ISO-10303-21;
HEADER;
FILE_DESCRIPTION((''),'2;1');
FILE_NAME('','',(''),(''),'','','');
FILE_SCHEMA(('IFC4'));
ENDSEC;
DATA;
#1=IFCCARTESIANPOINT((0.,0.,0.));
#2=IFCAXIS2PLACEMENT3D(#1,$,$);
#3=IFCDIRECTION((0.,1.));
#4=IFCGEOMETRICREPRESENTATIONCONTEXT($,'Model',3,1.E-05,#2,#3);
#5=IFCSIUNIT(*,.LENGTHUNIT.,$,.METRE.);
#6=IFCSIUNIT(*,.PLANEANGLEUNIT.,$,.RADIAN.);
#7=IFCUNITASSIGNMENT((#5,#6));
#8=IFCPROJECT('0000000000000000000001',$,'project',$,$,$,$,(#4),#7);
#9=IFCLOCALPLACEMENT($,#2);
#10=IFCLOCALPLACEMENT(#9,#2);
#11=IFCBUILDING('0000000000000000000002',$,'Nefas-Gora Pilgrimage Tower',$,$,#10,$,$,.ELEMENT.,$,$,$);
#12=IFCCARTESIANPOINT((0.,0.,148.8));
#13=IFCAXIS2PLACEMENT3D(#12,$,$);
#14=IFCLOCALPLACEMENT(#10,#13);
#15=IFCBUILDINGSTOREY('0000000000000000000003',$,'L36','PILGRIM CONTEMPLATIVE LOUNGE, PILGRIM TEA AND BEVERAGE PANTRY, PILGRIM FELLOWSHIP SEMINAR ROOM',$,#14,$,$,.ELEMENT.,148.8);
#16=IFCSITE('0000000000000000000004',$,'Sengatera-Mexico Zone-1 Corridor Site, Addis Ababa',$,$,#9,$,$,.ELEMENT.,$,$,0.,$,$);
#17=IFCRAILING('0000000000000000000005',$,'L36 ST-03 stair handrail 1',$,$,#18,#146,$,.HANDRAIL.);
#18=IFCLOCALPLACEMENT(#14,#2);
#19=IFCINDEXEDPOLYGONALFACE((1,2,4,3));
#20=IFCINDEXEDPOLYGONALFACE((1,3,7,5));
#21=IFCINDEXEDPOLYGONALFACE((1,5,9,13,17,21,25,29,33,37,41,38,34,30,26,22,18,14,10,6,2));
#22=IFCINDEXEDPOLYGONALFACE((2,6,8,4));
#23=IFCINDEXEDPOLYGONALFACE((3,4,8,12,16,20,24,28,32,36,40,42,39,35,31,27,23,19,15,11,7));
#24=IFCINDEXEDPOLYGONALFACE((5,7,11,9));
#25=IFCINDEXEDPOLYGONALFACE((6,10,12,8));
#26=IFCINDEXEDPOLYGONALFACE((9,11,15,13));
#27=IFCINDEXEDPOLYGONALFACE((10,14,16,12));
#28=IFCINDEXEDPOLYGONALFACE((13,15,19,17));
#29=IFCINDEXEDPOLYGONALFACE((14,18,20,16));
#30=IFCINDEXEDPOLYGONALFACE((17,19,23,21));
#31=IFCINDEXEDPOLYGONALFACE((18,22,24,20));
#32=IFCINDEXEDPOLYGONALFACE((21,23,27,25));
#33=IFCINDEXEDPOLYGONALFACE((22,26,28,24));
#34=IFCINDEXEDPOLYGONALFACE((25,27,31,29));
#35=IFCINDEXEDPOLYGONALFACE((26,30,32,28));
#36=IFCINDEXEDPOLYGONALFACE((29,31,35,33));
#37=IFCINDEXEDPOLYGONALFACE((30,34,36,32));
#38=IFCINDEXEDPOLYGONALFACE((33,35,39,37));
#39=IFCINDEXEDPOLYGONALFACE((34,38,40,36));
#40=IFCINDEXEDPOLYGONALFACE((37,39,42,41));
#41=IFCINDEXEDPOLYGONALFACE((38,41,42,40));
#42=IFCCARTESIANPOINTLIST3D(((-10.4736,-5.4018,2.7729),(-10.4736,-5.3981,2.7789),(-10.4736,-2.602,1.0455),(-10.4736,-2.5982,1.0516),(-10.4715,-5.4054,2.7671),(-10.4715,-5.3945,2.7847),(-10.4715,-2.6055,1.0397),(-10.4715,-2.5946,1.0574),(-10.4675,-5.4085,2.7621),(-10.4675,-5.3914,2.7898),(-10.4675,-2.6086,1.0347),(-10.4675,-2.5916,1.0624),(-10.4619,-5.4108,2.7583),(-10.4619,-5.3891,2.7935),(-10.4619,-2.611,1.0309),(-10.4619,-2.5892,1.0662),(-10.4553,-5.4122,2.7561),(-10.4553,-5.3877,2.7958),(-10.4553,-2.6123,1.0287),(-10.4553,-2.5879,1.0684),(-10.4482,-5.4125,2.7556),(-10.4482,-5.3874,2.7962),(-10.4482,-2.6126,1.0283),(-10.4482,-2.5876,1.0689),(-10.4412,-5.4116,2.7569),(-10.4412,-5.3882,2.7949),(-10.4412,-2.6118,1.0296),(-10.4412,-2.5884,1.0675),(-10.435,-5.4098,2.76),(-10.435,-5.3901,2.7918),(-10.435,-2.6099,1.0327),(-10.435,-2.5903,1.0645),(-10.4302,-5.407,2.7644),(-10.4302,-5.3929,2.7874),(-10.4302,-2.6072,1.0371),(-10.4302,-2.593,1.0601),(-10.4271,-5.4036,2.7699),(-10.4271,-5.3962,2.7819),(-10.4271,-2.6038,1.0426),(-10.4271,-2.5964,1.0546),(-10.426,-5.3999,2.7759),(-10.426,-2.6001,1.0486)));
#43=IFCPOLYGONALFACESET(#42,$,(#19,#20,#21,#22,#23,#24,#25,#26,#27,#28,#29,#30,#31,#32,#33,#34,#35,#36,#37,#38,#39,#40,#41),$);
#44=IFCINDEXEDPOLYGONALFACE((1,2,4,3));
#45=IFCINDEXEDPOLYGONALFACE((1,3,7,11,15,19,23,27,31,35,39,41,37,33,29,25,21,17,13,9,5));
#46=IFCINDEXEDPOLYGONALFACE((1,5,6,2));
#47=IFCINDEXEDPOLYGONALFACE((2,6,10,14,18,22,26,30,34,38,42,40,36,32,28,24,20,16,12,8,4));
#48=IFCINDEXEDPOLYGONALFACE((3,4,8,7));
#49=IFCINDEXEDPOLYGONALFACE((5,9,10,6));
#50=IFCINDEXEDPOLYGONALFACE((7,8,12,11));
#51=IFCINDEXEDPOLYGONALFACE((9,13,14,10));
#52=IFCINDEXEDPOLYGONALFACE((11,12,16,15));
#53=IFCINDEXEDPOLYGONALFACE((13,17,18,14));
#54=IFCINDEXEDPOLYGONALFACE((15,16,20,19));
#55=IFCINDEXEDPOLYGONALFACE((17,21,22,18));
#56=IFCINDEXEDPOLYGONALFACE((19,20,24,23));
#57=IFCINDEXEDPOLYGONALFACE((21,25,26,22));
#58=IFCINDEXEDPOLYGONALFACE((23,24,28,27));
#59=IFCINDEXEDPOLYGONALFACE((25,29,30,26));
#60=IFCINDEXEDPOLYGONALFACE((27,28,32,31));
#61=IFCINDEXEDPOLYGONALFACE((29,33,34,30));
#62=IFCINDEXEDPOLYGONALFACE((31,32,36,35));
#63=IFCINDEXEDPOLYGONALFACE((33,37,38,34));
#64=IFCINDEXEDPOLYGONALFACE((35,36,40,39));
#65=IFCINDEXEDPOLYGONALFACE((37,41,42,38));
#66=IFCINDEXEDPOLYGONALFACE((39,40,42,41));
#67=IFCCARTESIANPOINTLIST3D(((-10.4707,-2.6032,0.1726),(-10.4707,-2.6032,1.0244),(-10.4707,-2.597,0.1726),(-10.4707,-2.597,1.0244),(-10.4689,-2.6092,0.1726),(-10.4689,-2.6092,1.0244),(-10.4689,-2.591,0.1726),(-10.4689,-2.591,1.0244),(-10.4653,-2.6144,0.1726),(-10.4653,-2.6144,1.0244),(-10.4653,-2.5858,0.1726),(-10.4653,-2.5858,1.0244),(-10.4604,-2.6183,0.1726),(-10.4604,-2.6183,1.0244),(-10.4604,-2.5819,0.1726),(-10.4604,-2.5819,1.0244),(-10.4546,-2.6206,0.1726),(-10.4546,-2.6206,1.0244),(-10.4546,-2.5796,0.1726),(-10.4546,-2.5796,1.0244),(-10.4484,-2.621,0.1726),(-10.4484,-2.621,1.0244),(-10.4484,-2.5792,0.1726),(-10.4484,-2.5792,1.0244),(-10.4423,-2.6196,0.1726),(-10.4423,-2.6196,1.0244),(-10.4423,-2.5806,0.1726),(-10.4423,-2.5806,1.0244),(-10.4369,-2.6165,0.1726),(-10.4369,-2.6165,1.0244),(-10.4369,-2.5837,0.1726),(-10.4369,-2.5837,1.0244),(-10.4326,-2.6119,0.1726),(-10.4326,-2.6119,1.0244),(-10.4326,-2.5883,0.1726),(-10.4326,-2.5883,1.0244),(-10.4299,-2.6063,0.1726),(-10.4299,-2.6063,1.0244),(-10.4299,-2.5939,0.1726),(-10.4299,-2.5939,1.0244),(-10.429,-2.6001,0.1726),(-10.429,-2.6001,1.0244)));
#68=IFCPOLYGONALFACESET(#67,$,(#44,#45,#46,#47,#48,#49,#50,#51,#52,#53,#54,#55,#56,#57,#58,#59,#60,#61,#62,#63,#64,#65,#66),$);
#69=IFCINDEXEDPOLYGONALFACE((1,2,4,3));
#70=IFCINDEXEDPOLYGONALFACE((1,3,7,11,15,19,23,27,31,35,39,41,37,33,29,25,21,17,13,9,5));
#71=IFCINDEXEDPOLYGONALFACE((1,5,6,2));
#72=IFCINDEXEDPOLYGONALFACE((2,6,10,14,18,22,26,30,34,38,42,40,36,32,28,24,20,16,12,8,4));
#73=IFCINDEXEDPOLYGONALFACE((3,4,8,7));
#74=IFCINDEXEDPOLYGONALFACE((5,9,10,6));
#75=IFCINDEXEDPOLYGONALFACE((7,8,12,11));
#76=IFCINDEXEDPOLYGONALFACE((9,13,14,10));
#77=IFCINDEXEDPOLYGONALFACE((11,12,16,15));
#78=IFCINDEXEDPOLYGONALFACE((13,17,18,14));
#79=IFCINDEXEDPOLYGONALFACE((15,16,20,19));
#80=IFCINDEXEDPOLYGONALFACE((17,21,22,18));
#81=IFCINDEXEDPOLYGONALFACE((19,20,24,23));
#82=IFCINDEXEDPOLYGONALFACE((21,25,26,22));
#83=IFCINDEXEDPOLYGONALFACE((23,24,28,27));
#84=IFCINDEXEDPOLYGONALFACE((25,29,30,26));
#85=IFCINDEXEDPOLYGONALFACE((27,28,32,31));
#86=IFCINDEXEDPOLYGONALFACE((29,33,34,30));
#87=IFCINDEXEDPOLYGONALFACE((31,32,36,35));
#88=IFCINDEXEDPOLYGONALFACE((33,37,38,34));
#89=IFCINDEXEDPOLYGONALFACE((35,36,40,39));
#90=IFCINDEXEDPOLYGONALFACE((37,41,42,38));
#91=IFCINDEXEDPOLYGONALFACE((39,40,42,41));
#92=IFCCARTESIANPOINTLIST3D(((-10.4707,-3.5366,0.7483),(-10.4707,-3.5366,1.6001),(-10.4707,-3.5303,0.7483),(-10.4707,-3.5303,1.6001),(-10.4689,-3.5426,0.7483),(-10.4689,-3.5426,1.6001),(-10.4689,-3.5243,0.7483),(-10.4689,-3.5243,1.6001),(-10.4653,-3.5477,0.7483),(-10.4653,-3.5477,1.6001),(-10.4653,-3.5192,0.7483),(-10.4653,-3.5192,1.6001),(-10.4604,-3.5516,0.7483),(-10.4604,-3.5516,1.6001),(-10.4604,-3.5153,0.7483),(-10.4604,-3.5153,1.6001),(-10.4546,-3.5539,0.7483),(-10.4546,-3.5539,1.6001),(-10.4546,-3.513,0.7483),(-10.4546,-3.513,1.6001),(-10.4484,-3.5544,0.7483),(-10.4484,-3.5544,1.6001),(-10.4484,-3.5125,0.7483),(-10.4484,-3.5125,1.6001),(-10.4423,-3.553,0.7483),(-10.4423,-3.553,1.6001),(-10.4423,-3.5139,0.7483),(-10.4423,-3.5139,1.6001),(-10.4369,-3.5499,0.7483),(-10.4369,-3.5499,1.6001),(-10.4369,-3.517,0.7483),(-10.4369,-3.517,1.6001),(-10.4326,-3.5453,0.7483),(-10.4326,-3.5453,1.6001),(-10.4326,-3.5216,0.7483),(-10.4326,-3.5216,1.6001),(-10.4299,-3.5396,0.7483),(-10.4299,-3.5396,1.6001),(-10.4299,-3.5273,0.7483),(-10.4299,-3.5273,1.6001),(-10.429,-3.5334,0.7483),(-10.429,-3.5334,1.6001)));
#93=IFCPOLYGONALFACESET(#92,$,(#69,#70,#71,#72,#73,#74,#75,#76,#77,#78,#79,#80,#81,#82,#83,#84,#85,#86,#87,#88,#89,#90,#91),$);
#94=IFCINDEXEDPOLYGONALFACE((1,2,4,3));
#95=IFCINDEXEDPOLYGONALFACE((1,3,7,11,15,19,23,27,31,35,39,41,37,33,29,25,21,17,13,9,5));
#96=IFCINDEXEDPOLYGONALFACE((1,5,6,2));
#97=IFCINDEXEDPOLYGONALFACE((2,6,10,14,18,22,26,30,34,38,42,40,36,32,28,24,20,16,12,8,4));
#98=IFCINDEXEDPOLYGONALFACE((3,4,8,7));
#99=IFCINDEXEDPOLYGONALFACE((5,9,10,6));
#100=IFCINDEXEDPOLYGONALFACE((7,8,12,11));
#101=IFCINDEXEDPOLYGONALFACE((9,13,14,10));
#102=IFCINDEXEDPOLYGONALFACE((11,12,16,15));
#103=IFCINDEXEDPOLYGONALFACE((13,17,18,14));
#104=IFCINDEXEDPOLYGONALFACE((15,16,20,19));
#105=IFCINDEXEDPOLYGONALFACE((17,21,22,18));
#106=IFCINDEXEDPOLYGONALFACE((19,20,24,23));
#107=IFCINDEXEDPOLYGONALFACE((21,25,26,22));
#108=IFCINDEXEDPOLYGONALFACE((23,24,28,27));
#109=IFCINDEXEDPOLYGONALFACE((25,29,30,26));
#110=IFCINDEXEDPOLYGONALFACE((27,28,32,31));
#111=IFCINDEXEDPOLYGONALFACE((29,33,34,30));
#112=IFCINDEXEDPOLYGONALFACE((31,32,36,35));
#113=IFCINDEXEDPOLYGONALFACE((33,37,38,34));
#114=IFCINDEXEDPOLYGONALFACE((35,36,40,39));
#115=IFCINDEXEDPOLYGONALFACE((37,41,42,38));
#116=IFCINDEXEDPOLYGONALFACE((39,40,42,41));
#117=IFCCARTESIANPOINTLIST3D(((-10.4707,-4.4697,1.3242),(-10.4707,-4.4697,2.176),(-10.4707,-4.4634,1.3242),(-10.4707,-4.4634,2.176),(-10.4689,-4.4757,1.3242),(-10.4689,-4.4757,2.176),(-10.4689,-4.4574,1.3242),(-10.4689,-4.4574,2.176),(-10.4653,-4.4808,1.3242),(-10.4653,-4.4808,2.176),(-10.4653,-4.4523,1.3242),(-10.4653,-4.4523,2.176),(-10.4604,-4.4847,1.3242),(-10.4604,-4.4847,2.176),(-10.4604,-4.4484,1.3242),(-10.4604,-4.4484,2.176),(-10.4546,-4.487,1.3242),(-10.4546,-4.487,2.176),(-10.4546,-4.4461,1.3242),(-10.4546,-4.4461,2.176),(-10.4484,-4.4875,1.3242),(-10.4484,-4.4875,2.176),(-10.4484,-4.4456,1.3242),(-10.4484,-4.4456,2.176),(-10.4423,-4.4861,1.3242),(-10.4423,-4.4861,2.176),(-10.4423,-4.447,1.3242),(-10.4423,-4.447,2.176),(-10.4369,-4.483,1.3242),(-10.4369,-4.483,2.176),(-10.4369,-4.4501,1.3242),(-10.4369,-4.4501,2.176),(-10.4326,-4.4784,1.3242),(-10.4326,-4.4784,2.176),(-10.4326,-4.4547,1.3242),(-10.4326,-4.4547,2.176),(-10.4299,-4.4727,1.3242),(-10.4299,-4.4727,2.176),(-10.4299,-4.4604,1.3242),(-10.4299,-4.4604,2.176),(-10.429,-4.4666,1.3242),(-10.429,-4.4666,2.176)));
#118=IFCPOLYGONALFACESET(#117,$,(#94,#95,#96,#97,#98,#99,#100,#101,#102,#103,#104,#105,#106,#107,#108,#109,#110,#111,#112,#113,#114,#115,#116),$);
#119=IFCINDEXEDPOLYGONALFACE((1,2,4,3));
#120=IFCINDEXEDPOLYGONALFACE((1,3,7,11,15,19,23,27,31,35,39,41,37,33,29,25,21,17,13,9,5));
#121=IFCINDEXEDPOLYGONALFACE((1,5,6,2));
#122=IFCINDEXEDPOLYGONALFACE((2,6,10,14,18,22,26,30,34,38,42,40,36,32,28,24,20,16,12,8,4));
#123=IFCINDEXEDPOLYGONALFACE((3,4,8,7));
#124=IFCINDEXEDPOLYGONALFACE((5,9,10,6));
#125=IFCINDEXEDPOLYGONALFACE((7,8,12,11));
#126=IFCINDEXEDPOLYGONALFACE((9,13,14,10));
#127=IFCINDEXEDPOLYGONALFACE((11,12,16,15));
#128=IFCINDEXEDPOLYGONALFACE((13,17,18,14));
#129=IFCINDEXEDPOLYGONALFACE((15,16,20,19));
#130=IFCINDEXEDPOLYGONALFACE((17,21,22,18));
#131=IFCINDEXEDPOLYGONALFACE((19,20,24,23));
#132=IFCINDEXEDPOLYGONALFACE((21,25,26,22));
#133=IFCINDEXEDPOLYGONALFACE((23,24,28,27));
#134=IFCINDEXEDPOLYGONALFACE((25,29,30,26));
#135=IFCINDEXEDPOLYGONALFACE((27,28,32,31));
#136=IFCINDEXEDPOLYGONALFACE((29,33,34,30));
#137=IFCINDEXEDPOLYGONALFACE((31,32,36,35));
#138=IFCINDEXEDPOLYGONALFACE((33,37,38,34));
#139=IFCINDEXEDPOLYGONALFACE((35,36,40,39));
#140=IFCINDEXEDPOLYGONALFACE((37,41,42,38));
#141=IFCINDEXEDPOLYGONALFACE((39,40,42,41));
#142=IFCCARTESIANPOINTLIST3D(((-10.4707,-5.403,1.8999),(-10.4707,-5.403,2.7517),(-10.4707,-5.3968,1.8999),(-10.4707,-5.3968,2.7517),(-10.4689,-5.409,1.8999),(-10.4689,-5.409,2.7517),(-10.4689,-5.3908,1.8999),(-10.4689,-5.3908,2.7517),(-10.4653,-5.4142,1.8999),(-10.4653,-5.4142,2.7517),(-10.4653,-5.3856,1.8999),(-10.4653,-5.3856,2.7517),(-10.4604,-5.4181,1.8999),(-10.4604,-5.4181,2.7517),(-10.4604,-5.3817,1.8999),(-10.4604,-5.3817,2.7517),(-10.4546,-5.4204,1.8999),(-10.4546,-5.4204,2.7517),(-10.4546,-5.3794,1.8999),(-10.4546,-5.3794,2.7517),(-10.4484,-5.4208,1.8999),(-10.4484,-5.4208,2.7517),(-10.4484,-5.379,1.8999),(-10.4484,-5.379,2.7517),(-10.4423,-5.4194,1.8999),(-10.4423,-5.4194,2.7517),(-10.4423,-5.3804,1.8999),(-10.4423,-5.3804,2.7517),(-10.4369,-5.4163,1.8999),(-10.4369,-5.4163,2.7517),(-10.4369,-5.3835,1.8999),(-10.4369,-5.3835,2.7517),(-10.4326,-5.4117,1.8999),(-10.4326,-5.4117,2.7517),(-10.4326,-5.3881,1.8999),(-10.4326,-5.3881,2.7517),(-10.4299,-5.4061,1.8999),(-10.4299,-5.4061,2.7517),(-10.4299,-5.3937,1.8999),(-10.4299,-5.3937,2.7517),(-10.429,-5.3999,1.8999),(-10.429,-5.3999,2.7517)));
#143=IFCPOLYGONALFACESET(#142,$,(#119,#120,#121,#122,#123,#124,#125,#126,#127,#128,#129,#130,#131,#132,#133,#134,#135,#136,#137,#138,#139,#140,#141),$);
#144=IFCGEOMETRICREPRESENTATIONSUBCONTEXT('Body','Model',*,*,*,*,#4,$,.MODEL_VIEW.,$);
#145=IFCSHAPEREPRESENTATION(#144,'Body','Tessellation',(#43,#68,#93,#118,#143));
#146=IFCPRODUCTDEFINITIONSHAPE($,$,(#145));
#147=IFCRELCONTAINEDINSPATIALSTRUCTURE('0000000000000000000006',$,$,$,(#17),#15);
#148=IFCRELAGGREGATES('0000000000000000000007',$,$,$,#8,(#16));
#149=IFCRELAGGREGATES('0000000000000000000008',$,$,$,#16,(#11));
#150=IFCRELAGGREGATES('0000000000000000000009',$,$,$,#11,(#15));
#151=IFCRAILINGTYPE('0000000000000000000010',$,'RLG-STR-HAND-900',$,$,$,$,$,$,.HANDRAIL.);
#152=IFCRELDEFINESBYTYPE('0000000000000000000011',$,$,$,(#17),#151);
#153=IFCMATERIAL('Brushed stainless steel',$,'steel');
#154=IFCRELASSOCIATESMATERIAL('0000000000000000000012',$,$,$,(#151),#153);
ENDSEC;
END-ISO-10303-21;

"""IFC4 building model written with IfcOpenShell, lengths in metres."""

from ifc_helpers import new_model, si_unit, direction, frame, origin, origin_2d, place, context, subcontext, project, spatial, circle, extrude, material, type_object, element, save


model = new_model("IFC4")

# Units and contexts
model_context = context("Model", 3, precision=1e-05, world=origin(), true_north=direction((0.0, 1.0)))
body_context = subcontext(model_context, "Body", "Model", "MODEL_VIEW")
ifc_project = project(units=[si_unit("LENGTHUNIT", "METRE"), si_unit("PLANEANGLEUNIT", "RADIAN")], contexts=[model_context])

# Site, building, storey
site_placement = place(None, origin())
site = spatial("IfcSite", under=ifc_project, at=site_placement, Name="Sengatera-Mexico Zone-1 Corridor Site, Addis Ababa", CompositionType="ELEMENT", RefElevation=0.0)
building_placement = place(site_placement, origin())
building = spatial("IfcBuilding", under=site, at=building_placement, Name="Nefas-Gora Pilgrimage Tower", CompositionType="ELEMENT")
storey_placement = place(building_placement, frame((0.0, 0.0, 148.8)))
storey = spatial("IfcBuildingStorey", under=building, at=storey_placement, Name="L36", Description="PILGRIM CONTEMPLATIVE LOUNGE, PILGRIM TEA AND BEVERAGE PANTRY, PILGRIM FELLOWSHIP SEMINAR ROOM", CompositionType="ELEMENT", Elevation=148.8)

# Railing
ifc_material_1 = material(Name="Brushed stainless steel", Category="steel")
railing_type_1 = type_object("IfcRailingType", Name="RLG-STR-HAND-900", PredefinedType="HANDRAIL", material=ifc_material_1)
railing_1_placement = place(storey_placement, frame((-10.45, -2.6001, 0.1726)))
element("IfcRailing", 1, at=railing_1_placement, inside=storey, type_object=railing_type_1, Name="L36 ST-03 stair handrail 1", PredefinedType="HANDRAIL", context=body_context, shape_type="SweptSolid", body=[
    extrude(circle(Radius=0.0239, at=origin_2d()), frame((0.0, 0.0, 0.876), z_axis=(0.0, -0.851069, 0.525054), x_axis=(1.0, 0.0, 0.0)), (0.0, 0.0, 1.0), 3.2898),
    extrude(circle(Radius=0.021, at=origin_2d()), origin(), (0.0, 0.0, 1.0), 0.8518),
    extrude(circle(Radius=0.021, at=origin_2d()), frame((0.0, -0.9333, 0.5757)), (0.0, 0.0, 1.0), 0.8518),
    extrude(circle(Radius=0.021, at=origin_2d()), frame((0.0, -1.8665, 1.1516)), (0.0, 0.0, 1.0), 0.8518),
    extrude(circle(Radius=0.021, at=origin_2d()), frame((0.0, -2.7998, 1.7273)), (0.0, 0.0, 1.0), 0.8518),
])

save(model, "model.ifc")
